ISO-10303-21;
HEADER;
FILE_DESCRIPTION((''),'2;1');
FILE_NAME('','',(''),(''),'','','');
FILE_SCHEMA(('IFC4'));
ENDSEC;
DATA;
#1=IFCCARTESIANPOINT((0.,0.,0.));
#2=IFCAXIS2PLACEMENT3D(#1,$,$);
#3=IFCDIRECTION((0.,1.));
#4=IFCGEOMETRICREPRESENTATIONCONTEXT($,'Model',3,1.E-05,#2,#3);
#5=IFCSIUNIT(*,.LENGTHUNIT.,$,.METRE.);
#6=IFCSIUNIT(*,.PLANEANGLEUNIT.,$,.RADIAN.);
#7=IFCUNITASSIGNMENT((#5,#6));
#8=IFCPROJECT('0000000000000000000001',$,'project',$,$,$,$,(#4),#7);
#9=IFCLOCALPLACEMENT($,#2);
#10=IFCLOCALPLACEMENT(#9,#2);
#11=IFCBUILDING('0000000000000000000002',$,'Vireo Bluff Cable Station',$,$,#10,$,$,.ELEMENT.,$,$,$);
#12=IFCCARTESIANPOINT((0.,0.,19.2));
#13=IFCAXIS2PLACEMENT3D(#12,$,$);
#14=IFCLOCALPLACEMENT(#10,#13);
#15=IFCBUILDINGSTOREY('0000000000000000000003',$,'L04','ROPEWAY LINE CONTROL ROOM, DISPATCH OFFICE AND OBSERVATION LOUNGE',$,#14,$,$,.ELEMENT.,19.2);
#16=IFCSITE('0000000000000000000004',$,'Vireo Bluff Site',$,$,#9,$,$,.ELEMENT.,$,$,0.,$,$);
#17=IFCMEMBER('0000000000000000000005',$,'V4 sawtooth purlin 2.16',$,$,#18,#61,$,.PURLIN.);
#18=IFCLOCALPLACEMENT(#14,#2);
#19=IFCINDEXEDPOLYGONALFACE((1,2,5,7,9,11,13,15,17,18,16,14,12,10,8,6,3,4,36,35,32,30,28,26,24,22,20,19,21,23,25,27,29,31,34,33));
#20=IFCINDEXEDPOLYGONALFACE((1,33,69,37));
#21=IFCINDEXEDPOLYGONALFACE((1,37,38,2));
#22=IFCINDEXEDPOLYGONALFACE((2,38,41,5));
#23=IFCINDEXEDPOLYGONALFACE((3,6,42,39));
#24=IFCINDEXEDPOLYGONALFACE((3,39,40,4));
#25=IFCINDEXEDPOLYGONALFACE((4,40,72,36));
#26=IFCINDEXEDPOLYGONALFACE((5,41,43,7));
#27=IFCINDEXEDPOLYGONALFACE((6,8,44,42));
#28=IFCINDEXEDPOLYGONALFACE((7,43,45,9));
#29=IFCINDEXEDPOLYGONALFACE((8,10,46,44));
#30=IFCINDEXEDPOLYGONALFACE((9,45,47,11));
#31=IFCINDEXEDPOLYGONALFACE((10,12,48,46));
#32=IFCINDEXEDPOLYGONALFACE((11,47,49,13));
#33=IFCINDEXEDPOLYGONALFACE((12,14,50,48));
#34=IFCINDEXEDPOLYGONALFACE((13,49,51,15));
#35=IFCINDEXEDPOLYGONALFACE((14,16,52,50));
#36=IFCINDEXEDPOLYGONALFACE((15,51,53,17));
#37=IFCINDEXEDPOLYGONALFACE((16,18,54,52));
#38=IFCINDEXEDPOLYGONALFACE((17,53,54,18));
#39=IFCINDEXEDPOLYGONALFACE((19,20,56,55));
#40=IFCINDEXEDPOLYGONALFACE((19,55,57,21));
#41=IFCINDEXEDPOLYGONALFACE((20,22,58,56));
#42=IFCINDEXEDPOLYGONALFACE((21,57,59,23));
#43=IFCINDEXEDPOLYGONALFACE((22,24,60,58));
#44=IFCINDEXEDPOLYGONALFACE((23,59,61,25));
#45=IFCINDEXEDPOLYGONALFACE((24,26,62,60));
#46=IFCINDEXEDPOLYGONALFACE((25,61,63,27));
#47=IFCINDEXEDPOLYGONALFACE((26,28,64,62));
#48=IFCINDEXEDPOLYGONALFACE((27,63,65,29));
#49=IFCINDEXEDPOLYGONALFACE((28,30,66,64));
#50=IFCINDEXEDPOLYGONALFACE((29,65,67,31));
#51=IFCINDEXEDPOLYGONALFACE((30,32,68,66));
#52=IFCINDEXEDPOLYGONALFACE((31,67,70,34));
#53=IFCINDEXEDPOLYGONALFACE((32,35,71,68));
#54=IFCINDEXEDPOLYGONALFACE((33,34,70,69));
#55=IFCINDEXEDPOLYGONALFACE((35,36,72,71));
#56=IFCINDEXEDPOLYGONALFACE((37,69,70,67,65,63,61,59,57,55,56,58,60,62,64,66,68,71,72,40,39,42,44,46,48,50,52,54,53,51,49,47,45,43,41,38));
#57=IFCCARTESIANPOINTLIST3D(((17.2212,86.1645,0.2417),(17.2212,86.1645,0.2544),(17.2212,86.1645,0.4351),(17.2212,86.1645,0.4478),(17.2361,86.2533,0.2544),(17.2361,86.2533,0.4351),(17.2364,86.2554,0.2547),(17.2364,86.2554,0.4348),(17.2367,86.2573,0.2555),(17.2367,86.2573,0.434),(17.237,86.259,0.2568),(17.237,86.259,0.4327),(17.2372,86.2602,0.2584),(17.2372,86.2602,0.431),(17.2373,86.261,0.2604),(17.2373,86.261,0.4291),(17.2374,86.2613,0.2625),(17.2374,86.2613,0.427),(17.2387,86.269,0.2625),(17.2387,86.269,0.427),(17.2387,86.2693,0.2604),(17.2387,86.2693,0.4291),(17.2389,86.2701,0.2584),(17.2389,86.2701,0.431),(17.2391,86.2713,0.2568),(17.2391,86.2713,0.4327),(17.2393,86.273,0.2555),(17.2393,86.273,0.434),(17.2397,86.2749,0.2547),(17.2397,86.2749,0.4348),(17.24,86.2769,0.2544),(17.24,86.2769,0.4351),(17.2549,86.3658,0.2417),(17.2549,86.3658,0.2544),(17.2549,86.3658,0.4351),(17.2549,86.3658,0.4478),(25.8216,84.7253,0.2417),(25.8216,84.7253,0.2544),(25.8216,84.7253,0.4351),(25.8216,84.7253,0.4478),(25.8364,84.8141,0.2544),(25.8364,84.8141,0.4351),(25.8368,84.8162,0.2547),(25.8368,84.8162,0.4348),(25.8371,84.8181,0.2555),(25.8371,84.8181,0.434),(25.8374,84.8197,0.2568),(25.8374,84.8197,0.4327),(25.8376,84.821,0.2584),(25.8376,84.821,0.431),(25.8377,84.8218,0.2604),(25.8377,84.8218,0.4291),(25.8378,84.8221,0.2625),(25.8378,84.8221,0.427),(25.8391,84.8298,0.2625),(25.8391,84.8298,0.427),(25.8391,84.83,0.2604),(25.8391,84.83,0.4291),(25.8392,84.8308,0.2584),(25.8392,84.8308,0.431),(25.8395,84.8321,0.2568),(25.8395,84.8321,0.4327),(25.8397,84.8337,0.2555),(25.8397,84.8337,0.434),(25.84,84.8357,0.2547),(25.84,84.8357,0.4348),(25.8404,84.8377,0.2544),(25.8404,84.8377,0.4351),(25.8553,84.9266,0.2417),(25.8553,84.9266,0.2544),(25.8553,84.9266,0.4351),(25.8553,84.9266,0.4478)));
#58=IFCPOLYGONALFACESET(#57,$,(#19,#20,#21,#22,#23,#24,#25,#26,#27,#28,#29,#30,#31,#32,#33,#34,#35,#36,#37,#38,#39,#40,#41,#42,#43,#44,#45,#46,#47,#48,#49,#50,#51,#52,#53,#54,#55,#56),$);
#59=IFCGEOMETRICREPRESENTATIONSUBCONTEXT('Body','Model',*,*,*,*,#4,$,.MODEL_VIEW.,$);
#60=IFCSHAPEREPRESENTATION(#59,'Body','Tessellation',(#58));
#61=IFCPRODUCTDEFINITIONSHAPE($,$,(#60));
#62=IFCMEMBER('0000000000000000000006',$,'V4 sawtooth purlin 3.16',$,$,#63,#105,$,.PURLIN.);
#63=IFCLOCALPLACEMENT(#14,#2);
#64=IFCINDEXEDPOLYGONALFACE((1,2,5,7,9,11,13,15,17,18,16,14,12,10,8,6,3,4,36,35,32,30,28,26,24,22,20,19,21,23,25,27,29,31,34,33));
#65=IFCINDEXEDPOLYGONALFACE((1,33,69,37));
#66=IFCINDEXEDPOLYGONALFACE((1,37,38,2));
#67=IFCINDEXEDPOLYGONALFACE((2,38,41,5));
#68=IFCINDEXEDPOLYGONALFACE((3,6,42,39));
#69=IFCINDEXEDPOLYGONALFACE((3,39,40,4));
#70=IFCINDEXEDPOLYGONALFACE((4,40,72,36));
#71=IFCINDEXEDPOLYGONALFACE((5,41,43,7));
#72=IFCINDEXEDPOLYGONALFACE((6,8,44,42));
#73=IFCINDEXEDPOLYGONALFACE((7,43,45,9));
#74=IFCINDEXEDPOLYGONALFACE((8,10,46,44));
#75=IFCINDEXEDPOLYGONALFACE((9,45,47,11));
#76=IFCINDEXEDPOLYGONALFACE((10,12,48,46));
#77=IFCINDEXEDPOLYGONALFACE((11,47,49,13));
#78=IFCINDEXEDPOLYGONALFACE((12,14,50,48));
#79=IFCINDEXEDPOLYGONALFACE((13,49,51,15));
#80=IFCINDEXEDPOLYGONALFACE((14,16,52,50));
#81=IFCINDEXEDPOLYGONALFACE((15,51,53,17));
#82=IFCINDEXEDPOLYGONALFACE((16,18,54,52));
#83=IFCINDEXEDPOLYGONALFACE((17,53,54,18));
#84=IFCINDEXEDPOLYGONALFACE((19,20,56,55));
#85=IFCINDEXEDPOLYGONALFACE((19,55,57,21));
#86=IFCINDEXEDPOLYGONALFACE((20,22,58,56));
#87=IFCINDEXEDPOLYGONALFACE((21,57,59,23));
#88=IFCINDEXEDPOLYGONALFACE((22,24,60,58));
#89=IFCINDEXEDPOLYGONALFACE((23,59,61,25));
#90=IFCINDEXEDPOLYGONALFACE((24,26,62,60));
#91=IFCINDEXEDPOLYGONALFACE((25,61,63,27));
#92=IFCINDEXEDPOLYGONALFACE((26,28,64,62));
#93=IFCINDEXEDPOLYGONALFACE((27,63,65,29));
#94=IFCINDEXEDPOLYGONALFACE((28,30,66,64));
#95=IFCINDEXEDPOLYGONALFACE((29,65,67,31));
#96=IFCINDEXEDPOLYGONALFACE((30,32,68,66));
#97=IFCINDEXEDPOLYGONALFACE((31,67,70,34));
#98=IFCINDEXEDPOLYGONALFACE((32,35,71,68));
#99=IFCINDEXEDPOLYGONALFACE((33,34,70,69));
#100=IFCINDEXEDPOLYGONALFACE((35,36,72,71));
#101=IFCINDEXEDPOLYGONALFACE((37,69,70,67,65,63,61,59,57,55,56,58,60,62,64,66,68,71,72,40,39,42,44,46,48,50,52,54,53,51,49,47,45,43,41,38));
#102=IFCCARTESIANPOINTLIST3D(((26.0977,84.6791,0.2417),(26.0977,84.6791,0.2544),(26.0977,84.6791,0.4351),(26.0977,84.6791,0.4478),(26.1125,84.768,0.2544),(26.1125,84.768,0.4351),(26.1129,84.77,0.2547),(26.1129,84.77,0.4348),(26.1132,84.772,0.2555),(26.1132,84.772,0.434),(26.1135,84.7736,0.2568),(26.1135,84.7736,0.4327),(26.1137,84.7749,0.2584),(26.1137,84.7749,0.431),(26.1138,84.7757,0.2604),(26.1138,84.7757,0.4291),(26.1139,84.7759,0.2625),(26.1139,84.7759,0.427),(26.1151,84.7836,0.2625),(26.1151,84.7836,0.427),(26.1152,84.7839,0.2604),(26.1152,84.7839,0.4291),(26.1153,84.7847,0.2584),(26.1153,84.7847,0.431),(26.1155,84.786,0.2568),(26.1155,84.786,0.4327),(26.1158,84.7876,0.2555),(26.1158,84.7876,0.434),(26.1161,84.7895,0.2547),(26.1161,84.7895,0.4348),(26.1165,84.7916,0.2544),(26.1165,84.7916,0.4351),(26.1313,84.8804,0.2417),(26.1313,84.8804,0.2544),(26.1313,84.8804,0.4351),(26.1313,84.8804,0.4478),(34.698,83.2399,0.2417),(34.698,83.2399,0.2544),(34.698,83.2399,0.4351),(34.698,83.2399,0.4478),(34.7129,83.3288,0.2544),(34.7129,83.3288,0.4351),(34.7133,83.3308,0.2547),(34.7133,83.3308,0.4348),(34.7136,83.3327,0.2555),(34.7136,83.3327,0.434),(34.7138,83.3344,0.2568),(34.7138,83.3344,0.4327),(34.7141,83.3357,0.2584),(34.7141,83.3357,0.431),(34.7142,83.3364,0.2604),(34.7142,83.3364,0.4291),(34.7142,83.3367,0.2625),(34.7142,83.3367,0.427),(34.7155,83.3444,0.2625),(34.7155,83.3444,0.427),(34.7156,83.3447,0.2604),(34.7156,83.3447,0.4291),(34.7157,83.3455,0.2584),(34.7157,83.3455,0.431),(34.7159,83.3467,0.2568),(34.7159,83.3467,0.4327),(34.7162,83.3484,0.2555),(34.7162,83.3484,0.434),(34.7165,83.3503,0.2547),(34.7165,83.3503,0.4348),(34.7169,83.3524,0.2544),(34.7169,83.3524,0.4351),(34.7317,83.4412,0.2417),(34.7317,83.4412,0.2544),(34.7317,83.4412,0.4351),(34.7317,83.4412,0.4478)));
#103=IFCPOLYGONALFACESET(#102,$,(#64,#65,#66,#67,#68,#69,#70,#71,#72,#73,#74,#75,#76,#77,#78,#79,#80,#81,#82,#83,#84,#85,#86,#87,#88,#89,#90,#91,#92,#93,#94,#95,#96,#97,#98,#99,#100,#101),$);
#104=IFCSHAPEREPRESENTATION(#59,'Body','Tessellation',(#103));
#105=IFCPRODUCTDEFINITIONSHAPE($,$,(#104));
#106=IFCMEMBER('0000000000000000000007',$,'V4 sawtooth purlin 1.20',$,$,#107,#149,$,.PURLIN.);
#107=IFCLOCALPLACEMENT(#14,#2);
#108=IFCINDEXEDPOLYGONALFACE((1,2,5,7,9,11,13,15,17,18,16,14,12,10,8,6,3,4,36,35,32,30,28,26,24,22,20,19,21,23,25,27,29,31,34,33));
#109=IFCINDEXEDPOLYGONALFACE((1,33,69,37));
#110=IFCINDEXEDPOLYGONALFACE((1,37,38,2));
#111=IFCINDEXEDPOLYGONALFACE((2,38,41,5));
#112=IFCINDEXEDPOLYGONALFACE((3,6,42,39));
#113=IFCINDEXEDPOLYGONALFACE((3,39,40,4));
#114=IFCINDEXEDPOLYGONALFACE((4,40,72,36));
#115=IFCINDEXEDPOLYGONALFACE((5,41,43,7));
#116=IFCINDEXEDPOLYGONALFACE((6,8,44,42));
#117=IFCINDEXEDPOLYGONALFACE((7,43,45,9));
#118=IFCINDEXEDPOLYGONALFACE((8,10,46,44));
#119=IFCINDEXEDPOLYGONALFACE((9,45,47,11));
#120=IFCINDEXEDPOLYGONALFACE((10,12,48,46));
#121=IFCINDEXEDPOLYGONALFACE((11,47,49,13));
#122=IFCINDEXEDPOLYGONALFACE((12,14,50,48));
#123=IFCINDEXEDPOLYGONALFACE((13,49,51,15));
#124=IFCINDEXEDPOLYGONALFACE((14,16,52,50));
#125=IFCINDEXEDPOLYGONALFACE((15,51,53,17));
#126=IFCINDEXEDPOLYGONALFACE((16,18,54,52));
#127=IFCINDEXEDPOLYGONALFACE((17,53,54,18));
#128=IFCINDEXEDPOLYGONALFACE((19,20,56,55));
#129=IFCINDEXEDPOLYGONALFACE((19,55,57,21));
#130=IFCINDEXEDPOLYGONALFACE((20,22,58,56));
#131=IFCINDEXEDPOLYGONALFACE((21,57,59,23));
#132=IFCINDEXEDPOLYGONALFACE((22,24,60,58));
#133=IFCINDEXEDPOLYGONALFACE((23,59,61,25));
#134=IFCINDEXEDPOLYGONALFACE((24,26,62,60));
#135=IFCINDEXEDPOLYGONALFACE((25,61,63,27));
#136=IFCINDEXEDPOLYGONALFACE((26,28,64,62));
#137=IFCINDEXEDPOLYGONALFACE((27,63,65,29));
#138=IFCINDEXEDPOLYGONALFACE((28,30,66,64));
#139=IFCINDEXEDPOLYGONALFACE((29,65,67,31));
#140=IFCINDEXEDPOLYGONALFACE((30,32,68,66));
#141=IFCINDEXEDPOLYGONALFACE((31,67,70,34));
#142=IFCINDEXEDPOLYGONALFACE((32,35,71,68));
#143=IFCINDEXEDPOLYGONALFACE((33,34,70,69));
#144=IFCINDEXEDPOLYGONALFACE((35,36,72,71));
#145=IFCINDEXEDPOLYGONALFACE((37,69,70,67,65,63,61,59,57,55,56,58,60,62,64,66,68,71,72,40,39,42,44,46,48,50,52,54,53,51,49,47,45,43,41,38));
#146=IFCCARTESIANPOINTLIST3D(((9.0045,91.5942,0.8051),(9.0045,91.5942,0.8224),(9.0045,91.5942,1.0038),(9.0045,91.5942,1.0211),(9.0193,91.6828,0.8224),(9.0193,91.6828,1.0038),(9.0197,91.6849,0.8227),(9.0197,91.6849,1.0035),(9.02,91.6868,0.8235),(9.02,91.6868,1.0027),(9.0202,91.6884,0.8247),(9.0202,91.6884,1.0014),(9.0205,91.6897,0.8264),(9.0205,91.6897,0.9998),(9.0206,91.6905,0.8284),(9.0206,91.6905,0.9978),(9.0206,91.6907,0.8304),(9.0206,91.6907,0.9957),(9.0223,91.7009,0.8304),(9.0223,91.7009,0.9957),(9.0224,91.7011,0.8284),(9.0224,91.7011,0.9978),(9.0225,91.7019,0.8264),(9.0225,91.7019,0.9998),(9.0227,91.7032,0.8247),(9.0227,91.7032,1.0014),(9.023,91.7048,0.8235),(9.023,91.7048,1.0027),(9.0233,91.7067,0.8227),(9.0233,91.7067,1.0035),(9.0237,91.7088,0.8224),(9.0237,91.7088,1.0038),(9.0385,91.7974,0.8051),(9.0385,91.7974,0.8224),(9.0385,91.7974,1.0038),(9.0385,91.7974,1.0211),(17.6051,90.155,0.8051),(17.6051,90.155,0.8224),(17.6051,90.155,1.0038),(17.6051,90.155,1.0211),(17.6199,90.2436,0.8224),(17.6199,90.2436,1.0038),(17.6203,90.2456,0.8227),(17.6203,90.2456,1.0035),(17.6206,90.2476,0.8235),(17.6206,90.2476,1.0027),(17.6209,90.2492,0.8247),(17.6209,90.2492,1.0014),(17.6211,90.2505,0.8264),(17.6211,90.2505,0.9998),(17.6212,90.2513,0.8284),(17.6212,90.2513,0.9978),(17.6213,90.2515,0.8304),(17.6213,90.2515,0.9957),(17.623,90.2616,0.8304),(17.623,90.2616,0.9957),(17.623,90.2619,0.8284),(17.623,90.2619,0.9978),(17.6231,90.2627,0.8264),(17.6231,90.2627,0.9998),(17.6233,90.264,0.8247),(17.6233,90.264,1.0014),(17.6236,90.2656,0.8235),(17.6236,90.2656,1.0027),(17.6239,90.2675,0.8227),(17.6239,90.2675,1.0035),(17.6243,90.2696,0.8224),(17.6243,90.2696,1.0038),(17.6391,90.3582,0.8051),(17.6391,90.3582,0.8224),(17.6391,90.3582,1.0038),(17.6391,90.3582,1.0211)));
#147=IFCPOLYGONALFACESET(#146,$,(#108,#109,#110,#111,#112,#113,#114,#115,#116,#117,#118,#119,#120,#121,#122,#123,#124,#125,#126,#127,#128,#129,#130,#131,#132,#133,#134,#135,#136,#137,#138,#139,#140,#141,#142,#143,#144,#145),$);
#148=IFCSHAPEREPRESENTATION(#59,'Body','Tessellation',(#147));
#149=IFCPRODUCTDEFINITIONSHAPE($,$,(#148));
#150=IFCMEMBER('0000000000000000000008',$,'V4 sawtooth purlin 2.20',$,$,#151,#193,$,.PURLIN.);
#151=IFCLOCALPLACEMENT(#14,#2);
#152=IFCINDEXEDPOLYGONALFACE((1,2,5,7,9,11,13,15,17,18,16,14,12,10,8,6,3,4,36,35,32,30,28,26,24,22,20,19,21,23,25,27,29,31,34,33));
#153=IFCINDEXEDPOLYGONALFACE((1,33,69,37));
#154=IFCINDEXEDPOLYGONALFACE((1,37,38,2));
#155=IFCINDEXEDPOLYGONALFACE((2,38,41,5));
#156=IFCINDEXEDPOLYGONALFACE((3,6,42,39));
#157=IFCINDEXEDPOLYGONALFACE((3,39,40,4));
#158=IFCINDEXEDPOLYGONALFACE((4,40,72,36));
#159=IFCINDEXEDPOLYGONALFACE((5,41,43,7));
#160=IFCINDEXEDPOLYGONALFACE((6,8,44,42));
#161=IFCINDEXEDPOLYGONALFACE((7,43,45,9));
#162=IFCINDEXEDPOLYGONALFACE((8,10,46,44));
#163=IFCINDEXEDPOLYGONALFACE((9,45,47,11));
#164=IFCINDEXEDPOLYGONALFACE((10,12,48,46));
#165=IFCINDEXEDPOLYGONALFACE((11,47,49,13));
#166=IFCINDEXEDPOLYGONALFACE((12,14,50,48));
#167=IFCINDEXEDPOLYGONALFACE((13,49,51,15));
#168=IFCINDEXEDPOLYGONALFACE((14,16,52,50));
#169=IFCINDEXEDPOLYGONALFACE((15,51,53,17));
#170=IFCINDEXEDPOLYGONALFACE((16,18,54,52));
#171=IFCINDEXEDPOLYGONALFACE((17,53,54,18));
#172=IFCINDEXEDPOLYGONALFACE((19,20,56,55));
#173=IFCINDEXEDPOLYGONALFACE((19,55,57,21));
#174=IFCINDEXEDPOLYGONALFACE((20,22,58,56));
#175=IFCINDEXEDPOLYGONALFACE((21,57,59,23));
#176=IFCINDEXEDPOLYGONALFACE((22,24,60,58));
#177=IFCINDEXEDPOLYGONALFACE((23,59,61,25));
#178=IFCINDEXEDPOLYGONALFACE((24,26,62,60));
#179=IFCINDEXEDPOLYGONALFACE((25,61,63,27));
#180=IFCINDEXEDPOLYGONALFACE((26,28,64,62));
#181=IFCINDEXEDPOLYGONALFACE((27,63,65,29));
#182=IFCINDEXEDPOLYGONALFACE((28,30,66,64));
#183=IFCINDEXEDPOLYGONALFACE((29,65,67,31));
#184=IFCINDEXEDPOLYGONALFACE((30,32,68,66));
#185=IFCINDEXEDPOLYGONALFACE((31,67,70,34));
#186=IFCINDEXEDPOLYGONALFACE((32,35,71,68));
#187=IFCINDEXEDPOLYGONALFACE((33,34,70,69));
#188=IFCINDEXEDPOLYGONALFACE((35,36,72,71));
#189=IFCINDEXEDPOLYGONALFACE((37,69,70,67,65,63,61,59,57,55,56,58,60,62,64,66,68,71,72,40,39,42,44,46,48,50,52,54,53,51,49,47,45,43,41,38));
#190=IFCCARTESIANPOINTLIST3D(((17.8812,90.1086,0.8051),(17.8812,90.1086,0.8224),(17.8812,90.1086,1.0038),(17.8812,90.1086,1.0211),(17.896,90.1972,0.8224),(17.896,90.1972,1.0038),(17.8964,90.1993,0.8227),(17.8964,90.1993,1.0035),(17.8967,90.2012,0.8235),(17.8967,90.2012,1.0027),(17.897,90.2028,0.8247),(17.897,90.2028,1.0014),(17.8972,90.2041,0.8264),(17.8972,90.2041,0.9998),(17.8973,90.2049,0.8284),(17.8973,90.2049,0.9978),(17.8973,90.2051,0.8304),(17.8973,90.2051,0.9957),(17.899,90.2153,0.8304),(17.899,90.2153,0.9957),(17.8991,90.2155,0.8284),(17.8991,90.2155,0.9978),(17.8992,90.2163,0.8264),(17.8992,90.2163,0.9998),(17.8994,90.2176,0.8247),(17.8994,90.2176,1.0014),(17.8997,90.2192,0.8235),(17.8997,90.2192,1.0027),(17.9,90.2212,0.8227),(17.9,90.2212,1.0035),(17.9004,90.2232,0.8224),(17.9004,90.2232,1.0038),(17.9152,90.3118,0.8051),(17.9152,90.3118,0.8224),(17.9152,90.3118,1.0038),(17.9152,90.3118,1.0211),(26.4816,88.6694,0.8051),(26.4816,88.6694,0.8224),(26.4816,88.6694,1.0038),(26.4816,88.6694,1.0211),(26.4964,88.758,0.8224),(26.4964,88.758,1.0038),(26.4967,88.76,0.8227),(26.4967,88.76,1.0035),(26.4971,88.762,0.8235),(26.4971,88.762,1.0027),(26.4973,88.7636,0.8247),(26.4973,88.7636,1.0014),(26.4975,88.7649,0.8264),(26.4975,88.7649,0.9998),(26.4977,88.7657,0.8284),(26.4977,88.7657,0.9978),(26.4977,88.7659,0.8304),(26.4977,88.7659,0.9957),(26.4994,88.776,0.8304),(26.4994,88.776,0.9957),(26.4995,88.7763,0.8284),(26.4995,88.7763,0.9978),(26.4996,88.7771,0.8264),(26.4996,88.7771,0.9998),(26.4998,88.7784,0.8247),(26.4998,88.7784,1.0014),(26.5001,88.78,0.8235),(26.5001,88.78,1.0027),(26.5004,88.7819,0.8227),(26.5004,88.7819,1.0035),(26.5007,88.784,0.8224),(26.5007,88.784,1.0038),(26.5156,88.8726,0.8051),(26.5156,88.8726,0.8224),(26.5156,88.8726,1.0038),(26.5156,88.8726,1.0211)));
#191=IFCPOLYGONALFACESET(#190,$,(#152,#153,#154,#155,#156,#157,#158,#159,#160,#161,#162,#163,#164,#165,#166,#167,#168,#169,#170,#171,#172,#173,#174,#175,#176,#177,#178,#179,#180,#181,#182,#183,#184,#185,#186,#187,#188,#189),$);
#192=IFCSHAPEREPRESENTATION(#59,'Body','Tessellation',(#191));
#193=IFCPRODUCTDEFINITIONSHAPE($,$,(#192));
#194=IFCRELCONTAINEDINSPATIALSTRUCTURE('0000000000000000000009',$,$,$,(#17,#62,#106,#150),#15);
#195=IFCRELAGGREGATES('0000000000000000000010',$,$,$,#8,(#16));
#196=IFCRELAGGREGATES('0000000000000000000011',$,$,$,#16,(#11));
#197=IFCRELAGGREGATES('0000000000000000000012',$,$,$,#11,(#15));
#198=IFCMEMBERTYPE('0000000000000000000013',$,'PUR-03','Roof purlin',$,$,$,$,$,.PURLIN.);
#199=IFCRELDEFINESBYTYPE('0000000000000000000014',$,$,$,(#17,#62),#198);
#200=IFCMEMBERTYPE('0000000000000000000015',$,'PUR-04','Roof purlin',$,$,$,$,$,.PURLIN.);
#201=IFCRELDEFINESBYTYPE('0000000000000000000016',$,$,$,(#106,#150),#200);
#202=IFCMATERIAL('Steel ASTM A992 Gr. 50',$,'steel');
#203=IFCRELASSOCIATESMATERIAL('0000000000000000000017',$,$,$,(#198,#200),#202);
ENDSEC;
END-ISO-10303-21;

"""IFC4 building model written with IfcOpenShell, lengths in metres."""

from ifc_helpers import new_model, si_unit, direction, frame, origin, origin_2d, place, context, subcontext, project, spatial, i_section, extrude, material, material_profile, profile_set, type_object, element, save


model = new_model("IFC4")

# Units and contexts
model_context = context("Model", 3, precision=1e-05, world=origin(), true_north=direction((0.0, 1.0)))
body_context = subcontext(model_context, "Body", "Model", "MODEL_VIEW")
ifc_project = project(units=[si_unit("LENGTHUNIT", "METRE"), si_unit("PLANEANGLEUNIT", "RADIAN")], contexts=[model_context])

# Site, building, storey
site_placement = place(None, origin())
site = spatial("IfcSite", under=ifc_project, at=site_placement, Name="Vireo Bluff Site", CompositionType="ELEMENT", RefElevation=0.0)
building_placement = place(site_placement, origin())
building = spatial("IfcBuilding", under=site, at=building_placement, Name="Vireo Bluff Cable Station", CompositionType="ELEMENT")
storey_placement = place(building_placement, frame((0.0, 0.0, 19.2)))
storey = spatial("IfcBuildingStorey", under=building, at=storey_placement, Name="L04", Description="ROPEWAY LINE CONTROL ROOM, DISPATCH OFFICE AND OBSERVATION LOUNGE", CompositionType="ELEMENT", Elevation=19.2)

# Shared definitions
ifc_material_1 = material(Name="Steel ASTM A992 Gr. 50", Category="steel")

# Members
ifc_material_profile_1 = material_profile(ifc_material_1, i_section(OverallWidth=0.2041, OverallDepth=0.2061, WebThickness=0.0078, FlangeThickness=0.0127, FilletRadius=0.0081, at=origin_2d()), Name="W8X35")
ifc_profile_set_1 = profile_set([ifc_material_profile_1], Name="Steel ASTM A992 Gr. 50")
member_type_1 = type_object("IfcMemberType", Name="PUR-03", Description="Roof purlin", PredefinedType="PURLIN", material=ifc_profile_set_1)
for number, where, z_axis, x_axis, name in (
    (1, (17.238, 86.2651, 0.3447), (0.986286, -0.165048, 0.0), (0.165048, 0.986286, 0.0), "V4 sawtooth purlin 2.16"),
    (2, (26.1145, 84.7798, 0.3447), (0.986286, -0.165048, 0.0), (0.165048, 0.986286, 0.0), "V4 sawtooth purlin 3.16"),
):
    element("IfcMember", number, at=place(storey_placement, frame(where, z_axis=z_axis, x_axis=x_axis)), inside=storey, type_object=member_type_1, Name=name, PredefinedType="PURLIN", context=body_context, shape_type="SweptSolid", body=[
        extrude(i_section(OverallWidth=0.2041, OverallDepth=0.2061, WebThickness=0.0078, FlangeThickness=0.0127, FilletRadius=0.0081, at=origin_2d()), origin(), (0.0, 0.0, 1.0), 8.72),
    ])
ifc_material_profile_2 = material_profile(ifc_material_1, i_section(OverallWidth=0.2061, OverallDepth=0.2161, WebThickness=0.0103, FlangeThickness=0.0173, FilletRadius=0.0081, at=origin_2d()), Name="W8X48")
ifc_profile_set_2 = profile_set([ifc_material_profile_2], Name="Steel ASTM A992 Gr. 50")
member_type_2 = type_object("IfcMemberType", Name="PUR-04", Description="Roof purlin", PredefinedType="PURLIN", material=ifc_profile_set_2)
member_1_placement = place(storey_placement, frame((9.0215, 91.6958, 0.9131), z_axis=(0.986286, -0.165044, 0.0), x_axis=(0.165044, 0.986286, 0.0)))
element("IfcMember", 3, at=member_1_placement, inside=storey, type_object=member_type_2, Name="V4 sawtooth purlin 1.20", PredefinedType="PURLIN", context=body_context, shape_type="SweptSolid", body=[
    extrude(i_section(OverallWidth=0.2061, OverallDepth=0.2161, WebThickness=0.0103, FlangeThickness=0.0173, FilletRadius=0.0081, at=origin_2d()), origin(), (0.0, 0.0, 1.0), 8.7202),
])
for number, where, z_axis, x_axis, name in (
    (4, (17.8982, 90.2102, 0.9131), (0.986286, -0.165048, 0.0), (0.165048, 0.986286, 0.0), "V4 sawtooth purlin 2.20"),
):
    element("IfcMember", number, at=place(storey_placement, frame(where, z_axis=z_axis, x_axis=x_axis)), inside=storey, type_object=member_type_2, Name=name, PredefinedType="PURLIN", context=body_context, shape_type="SweptSolid", body=[
        extrude(i_section(OverallWidth=0.2061, OverallDepth=0.2161, WebThickness=0.0103, FlangeThickness=0.0173, FilletRadius=0.0081, at=origin_2d()), origin(), (0.0, 0.0, 1.0), 8.72),
    ])

save(model, "model.ifc")
